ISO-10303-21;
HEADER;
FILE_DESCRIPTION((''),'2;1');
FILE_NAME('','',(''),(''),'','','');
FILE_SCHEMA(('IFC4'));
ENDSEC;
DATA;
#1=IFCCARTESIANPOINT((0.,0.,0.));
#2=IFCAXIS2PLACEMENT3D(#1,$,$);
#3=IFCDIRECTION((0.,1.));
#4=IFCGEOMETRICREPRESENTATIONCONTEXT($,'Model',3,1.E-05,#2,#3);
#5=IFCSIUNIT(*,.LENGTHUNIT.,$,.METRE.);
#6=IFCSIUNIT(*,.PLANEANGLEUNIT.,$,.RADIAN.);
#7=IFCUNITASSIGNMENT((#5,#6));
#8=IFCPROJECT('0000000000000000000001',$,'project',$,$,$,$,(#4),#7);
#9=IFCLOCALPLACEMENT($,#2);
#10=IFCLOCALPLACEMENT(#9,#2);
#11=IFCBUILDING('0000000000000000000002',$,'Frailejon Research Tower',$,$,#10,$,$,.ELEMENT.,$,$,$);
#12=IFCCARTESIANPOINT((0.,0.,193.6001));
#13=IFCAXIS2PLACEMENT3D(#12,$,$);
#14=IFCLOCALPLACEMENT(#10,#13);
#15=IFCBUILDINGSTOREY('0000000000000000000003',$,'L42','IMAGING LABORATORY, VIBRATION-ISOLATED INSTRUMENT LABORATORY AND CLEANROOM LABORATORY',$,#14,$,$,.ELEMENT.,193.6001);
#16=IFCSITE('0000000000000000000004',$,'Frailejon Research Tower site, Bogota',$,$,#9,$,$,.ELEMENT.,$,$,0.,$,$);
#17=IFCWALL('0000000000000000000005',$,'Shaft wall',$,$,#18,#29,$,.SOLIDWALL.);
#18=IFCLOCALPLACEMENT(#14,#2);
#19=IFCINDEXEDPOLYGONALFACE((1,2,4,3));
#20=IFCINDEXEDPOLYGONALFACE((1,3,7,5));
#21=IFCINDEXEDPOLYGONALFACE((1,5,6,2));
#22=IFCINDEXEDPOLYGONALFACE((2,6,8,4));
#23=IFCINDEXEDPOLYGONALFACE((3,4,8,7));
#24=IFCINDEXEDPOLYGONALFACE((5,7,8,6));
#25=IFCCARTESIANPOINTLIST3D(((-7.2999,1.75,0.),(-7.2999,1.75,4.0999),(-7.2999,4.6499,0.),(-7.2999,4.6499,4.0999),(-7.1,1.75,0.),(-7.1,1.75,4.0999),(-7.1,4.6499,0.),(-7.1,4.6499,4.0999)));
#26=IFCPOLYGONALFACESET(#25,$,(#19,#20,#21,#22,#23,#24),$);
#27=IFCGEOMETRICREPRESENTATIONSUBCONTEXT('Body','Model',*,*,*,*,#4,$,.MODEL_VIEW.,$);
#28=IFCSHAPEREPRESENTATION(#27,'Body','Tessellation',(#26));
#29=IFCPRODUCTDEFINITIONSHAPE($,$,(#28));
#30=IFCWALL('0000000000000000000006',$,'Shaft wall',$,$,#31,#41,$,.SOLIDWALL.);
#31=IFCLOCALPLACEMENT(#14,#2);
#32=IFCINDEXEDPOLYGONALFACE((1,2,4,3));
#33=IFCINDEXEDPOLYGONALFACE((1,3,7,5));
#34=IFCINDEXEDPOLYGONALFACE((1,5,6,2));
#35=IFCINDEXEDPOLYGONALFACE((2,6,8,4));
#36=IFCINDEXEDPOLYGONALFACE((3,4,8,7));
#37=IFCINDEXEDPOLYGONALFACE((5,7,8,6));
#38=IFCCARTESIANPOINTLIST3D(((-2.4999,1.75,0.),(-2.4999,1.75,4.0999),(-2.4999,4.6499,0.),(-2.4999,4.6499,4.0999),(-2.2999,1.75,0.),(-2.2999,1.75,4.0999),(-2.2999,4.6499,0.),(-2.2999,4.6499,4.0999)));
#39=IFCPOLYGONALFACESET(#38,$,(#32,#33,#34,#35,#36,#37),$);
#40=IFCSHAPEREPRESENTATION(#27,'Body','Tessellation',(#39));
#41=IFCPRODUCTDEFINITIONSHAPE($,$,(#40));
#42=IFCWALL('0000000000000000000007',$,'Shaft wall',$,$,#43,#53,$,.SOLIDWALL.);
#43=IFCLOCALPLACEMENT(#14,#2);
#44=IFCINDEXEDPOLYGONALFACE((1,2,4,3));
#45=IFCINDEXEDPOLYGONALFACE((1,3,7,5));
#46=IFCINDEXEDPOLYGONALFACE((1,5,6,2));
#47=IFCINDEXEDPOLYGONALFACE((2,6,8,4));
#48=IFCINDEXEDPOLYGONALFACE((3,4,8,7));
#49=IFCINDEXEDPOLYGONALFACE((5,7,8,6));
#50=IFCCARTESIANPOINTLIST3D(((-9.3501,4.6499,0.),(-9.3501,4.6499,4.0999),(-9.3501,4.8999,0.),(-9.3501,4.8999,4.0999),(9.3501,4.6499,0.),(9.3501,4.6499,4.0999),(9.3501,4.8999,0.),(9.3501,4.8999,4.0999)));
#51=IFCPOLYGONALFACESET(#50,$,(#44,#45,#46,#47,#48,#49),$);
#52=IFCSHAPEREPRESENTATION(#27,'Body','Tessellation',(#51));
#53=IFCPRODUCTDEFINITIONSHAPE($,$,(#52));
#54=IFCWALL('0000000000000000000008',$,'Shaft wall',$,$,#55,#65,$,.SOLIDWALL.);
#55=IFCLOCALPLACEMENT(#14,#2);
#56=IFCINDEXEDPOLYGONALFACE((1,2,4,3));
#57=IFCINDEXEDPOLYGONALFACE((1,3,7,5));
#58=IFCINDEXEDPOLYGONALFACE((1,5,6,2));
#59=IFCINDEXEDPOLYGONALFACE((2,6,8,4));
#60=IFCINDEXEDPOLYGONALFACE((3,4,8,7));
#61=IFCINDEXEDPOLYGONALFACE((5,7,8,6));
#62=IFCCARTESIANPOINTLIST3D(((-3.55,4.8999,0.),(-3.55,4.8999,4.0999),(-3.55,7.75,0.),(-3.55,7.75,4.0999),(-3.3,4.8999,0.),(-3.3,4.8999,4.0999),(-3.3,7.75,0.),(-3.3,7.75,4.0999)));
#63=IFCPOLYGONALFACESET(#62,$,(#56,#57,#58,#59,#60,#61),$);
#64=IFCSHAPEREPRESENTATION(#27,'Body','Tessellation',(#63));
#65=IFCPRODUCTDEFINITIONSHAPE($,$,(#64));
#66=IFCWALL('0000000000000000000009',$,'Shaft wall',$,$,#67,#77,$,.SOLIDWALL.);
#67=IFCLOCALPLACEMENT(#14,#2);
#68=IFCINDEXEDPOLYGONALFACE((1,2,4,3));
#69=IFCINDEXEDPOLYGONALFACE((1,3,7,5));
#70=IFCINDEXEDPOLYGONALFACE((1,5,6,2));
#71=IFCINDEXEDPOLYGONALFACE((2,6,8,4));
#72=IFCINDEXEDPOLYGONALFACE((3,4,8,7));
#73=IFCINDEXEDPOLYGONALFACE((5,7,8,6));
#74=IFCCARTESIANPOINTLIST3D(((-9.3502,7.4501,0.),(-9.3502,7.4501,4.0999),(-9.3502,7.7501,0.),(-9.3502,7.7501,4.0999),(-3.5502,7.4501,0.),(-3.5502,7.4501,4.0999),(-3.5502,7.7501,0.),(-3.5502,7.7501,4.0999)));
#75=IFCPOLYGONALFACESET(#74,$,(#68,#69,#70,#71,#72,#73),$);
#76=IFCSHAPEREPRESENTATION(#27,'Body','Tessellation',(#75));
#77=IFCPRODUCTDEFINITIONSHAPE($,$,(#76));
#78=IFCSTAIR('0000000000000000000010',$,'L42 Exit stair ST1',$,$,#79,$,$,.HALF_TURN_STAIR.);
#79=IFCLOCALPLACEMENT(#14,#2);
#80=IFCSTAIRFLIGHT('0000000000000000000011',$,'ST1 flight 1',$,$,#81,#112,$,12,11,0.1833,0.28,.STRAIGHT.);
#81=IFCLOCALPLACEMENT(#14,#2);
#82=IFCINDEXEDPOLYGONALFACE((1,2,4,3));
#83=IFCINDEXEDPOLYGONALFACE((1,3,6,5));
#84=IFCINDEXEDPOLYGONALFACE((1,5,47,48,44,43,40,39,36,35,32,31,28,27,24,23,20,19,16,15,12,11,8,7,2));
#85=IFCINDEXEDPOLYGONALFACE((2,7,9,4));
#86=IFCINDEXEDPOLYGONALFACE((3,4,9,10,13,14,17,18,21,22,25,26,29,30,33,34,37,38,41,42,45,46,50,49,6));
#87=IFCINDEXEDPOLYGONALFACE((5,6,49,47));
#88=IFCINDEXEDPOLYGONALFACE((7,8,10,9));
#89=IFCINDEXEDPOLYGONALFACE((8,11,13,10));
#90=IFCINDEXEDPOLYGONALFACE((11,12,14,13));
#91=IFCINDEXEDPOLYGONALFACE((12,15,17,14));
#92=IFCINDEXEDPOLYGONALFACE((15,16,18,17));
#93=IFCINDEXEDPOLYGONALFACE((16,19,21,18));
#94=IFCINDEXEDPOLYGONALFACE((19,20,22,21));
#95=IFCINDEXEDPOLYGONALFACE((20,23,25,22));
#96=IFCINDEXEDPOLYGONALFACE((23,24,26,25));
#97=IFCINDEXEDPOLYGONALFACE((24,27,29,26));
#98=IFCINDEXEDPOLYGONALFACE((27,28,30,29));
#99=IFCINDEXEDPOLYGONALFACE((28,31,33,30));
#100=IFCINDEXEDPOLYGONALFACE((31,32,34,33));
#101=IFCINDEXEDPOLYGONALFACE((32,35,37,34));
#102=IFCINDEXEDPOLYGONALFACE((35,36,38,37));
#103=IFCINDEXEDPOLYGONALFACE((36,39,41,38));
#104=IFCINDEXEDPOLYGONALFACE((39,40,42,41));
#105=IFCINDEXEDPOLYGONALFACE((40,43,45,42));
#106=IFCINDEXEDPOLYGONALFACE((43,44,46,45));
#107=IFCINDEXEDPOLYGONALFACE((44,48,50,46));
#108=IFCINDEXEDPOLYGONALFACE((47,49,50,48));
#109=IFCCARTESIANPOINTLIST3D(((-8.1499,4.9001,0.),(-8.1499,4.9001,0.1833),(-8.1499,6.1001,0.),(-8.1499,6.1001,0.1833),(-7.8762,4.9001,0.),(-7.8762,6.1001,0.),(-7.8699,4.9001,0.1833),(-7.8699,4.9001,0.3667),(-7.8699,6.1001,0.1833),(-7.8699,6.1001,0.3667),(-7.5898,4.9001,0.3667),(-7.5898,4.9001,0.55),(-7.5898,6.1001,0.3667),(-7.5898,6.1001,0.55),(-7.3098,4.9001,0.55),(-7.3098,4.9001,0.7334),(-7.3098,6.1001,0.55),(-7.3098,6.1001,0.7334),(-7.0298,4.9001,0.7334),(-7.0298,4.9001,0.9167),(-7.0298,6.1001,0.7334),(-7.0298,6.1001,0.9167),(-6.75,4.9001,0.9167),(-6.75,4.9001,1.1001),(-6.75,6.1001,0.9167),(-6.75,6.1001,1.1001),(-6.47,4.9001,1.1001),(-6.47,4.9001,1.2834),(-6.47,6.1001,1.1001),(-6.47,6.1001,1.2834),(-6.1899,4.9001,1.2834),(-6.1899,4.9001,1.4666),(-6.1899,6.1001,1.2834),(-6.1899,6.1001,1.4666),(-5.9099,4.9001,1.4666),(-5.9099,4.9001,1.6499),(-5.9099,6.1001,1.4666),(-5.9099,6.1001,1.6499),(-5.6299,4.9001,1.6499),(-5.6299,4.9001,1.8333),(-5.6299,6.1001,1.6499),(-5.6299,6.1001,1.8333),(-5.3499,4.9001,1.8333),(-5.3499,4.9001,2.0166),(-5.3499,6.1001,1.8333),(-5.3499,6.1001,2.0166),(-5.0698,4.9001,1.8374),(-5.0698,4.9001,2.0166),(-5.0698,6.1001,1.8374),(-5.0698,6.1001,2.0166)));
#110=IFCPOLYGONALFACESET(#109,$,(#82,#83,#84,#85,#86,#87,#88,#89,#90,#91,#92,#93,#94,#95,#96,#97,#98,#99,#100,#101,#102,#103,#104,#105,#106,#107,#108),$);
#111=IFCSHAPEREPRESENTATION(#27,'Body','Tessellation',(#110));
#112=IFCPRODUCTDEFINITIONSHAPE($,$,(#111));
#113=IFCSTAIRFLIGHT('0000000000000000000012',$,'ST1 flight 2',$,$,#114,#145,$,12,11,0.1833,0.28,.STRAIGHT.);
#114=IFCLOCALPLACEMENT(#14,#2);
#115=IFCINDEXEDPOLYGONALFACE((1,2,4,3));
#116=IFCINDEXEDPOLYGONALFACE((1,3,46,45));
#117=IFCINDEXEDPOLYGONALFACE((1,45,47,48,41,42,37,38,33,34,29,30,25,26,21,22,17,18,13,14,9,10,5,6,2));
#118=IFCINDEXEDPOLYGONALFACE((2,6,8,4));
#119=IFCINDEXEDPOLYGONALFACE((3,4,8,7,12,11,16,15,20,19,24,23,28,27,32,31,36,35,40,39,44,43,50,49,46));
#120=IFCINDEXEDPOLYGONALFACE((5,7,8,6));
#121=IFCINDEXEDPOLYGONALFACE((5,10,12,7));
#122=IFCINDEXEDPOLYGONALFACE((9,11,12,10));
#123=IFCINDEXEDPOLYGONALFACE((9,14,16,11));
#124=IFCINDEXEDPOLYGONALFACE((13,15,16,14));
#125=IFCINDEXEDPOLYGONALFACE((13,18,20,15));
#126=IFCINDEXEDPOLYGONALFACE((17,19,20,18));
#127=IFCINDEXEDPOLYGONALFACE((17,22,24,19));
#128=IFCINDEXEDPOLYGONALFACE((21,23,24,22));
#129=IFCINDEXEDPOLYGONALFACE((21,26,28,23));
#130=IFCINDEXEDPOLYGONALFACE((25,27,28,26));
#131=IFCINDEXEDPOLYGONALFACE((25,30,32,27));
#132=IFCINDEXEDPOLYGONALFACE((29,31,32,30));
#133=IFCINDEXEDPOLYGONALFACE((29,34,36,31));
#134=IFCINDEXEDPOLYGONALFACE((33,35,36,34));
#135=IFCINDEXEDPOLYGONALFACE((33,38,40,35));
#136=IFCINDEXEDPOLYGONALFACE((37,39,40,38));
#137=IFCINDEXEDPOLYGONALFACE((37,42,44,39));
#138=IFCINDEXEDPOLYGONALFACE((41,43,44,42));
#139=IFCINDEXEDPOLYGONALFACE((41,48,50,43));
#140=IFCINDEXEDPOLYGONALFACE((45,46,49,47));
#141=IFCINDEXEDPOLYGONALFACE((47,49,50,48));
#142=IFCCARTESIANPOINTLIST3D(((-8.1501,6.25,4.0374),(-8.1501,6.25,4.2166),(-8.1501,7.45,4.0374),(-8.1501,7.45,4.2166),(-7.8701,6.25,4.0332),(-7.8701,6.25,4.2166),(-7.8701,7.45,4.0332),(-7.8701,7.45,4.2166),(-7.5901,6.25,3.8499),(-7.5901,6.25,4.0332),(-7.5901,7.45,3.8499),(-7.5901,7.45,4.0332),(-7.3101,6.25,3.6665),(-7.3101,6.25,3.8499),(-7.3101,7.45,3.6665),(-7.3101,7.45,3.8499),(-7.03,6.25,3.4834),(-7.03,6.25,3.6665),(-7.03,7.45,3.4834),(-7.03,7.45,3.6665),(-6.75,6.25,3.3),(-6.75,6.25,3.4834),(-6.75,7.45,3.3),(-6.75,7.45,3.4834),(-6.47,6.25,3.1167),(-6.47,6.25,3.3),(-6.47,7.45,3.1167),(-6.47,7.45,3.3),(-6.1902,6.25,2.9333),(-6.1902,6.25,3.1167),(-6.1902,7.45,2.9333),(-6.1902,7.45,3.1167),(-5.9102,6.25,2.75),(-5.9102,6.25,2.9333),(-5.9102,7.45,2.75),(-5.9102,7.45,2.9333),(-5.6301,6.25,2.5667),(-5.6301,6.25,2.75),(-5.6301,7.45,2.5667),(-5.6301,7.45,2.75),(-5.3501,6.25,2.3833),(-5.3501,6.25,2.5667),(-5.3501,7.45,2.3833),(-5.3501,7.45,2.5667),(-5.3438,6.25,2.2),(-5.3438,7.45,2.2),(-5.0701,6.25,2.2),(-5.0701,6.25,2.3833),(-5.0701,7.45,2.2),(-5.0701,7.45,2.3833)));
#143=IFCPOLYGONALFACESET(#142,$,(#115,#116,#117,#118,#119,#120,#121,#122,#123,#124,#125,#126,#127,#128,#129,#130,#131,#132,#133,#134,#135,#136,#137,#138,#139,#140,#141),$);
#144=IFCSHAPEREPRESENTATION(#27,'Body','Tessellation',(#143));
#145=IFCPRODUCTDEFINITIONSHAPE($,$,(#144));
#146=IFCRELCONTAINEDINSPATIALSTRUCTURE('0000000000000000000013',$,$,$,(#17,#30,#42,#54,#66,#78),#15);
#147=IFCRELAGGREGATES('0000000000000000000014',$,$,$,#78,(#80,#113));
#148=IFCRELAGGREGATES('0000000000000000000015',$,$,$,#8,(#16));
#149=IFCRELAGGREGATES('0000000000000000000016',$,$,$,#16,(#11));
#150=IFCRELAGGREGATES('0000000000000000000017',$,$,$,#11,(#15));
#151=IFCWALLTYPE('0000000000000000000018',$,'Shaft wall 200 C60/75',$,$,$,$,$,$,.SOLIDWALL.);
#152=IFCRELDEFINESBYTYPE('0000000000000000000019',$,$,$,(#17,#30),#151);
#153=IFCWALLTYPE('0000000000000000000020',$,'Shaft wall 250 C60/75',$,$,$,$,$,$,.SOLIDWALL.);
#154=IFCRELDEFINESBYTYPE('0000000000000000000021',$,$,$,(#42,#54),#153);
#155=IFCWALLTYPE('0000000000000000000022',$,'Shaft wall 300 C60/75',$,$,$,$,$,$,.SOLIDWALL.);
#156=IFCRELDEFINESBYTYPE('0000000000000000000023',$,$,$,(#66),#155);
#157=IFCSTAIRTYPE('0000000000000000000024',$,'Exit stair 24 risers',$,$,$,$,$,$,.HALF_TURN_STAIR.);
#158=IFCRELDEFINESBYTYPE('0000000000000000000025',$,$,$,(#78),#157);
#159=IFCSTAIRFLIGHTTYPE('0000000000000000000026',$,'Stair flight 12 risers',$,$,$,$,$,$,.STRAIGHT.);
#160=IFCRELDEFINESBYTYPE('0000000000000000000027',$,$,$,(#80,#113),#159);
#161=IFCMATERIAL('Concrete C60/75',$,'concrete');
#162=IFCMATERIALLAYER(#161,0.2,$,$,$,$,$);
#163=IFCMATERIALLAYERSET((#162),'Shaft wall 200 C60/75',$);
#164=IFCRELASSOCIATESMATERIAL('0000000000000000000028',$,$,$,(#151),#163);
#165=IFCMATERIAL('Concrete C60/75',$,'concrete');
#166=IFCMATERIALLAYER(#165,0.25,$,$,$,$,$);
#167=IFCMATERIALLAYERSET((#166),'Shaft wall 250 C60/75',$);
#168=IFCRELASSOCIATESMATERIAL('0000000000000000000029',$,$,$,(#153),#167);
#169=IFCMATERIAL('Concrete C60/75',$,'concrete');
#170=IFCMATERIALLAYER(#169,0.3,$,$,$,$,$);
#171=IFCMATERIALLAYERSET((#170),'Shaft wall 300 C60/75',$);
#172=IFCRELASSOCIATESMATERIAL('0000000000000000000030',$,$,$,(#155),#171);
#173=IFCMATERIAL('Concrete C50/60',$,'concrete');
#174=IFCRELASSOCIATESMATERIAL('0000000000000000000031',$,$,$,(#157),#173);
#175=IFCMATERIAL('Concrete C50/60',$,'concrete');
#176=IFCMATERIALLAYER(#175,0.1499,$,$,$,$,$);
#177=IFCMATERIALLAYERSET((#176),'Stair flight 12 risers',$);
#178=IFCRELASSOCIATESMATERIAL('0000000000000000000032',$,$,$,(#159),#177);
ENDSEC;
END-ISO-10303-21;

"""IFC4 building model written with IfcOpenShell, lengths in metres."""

from ifc_helpers import new_model, si_unit, direction, frame, frame_2d, origin, place, context, subcontext, project, spatial, polyline, rectangle, outline, extrude, material, layer, layer_set, type_object, element, aggregate, save


model = new_model("IFC4")

# Units and contexts
model_context = context("Model", 3, precision=1e-05, world=origin(), true_north=direction((0.0, 1.0)))
body_context = subcontext(model_context, "Body", "Model", "MODEL_VIEW")
ifc_project = project(units=[si_unit("LENGTHUNIT", "METRE"), si_unit("PLANEANGLEUNIT", "RADIAN")], contexts=[model_context])

# Site, building, storey
site_placement = place(None, origin())
site = spatial("IfcSite", under=ifc_project, at=site_placement, Name="Frailejon Research Tower site, Bogota", CompositionType="ELEMENT", RefElevation=0.0)
building_placement = place(site_placement, origin())
building = spatial("IfcBuilding", under=site, at=building_placement, Name="Frailejon Research Tower", CompositionType="ELEMENT")
storey_placement = place(building_placement, frame((0.0, 0.0, 193.6001)))
storey = spatial("IfcBuildingStorey", under=building, at=storey_placement, Name="L42", Description="IMAGING LABORATORY, VIBRATION-ISOLATED INSTRUMENT LABORATORY AND CLEANROOM LABORATORY", CompositionType="ELEMENT", Elevation=193.6001)

# Walls
ifc_material_1 = material(Name="Concrete C60/75", Category="concrete")
ifc_layer_1 = layer(ifc_material_1, 0.2)
ifc_layer_set_1 = layer_set([ifc_layer_1], Name="Shaft wall 200 C60/75")
wall_type_1 = type_object("IfcWallType", Name="Shaft wall 200 C60/75", PredefinedType="SOLIDWALL", material=ifc_layer_set_1)
for number, where, z_axis, x_axis, name in (
    (1, (-7.2, 1.75, 0.0), (0.0, 0.0, 1.0), (0.0, 1.0, 0.0), "Shaft wall"),
    (2, (-2.3999, 1.75, 0.0), (0.0, 0.0, 1.0), (0.0, 1.0, 0.0), "Shaft wall"),
):
    element("IfcWall", number, at=place(storey_placement, frame(where, z_axis=z_axis, x_axis=x_axis)), inside=storey, type_object=wall_type_1, Name=name, PredefinedType="SOLIDWALL", context=body_context, shape_type="SweptSolid", body=[
        extrude(rectangle(XDim=2.8999, YDim=0.2, at=frame_2d((1.45, 0.0))), origin(), (0.0, 0.0, 1.0), 4.0999),
    ])
ifc_material_2 = material(Name="Concrete C60/75", Category="concrete")
ifc_layer_2 = layer(ifc_material_2, 0.25)
ifc_layer_set_2 = layer_set([ifc_layer_2], Name="Shaft wall 250 C60/75")
wall_type_2 = type_object("IfcWallType", Name="Shaft wall 250 C60/75", PredefinedType="SOLIDWALL", material=ifc_layer_set_2)
wall_1_placement = place(storey_placement, frame((-9.3501, 4.7749, 0.0), z_axis=(0.0, 0.0, 1.0), x_axis=(1.0, 0.0, 0.0)))
element("IfcWall", 3, at=wall_1_placement, inside=storey, type_object=wall_type_2, Name="Shaft wall", PredefinedType="SOLIDWALL", context=body_context, shape_type="SweptSolid", body=[
    extrude(rectangle(XDim=18.7002, YDim=0.25, at=frame_2d((9.3501, 0.0))), origin(), (0.0, 0.0, 1.0), 4.0999),
])
wall_2_placement = place(storey_placement, frame((-3.425, 4.8999, 0.0), z_axis=(0.0, 0.0, 1.0), x_axis=(0.0, 1.0, 0.0)))
element("IfcWall", 4, at=wall_2_placement, inside=storey, type_object=wall_type_2, Name="Shaft wall", PredefinedType="SOLIDWALL", context=body_context, shape_type="SweptSolid", body=[
    extrude(rectangle(XDim=2.8501, YDim=0.25, at=frame_2d((1.425, 0.0))), origin(), (0.0, 0.0, 1.0), 4.0999),
])
ifc_material_3 = material(Name="Concrete C60/75", Category="concrete")
ifc_layer_3 = layer(ifc_material_3, 0.3)
ifc_layer_set_3 = layer_set([ifc_layer_3], Name="Shaft wall 300 C60/75")
wall_type_3 = type_object("IfcWallType", Name="Shaft wall 300 C60/75", PredefinedType="SOLIDWALL", material=ifc_layer_set_3)
wall_3_placement = place(storey_placement, frame((-9.3501, 7.6001, 0.0), z_axis=(0.0, 0.0, 1.0), x_axis=(1.0, 0.0, 0.0)))
element("IfcWall", 5, at=wall_3_placement, inside=storey, type_object=wall_type_3, Name="Shaft wall", PredefinedType="SOLIDWALL", context=body_context, shape_type="SweptSolid", body=[
    extrude(rectangle(XDim=5.8, YDim=0.3, at=frame_2d((2.8999, 0.0))), origin(), (0.0, 0.0, 1.0), 4.0999),
])

# Stair, stair flights
ifc_material_4 = material(Name="Concrete C50/60", Category="concrete")
stair_type = type_object("IfcStairType", Name="Exit stair 24 risers", PredefinedType="HALF_TURN_STAIR", material=ifc_material_4)
stair_placement = place(storey_placement, origin())
stair = element("IfcStair", 6, at=stair_placement, inside=storey, type_object=stair_type, Name="L42 Exit stair ST1", PredefinedType="HALF_TURN_STAIR")
ifc_material_5 = material(Name="Concrete C50/60", Category="concrete")
ifc_layer_4 = layer(ifc_material_5, 0.1499)
ifc_layer_set_4 = layer_set([ifc_layer_4], Name="Stair flight 12 risers")
stair_flight_type = type_object("IfcStairFlightType", Name="Stair flight 12 risers", PredefinedType="STRAIGHT", material=ifc_layer_set_4)
stair_flight_1_placement = place(storey_placement, frame((-8.1499, 5.5, 0.0), z_axis=(0.0, 0.0, 1.0), x_axis=(1.0, 0.0, 0.0)))
stair_flight_1 = element("IfcStairFlight", 7, at=stair_flight_1_placement, type_object=stair_flight_type, Name="ST1 flight 1", NumberOfRisers=12, NumberOfTreads=11, PredefinedType="STRAIGHT", RiserHeight=0.1833, TreadLength=0.28, context=body_context, shape_type="SweptSolid", body=[
    extrude(outline(polyline([(0.0, 0.0), (0.0, 0.1833), (0.28, 0.1833), (0.28, 0.3667), (0.5601, 0.3667), (0.5601, 0.55), (0.8401, 0.55), (0.8401, 0.7334), (1.1201, 0.7334), (1.1201, 0.9167), (1.3999, 0.9167), (1.3999, 1.1001), (1.6799, 1.1001), (1.6799, 1.2834), (1.96, 1.2834), (1.96, 1.4666), (2.24, 1.4666), (2.24, 1.6499), (2.52, 1.6499), (2.52, 1.8333), (2.8, 1.8333), (2.8, 2.0166), (3.0801, 2.0166), (3.0801, 2.2), (3.0801, 1.8374), (0.2737, 0.0), (0.0, 0.0)])), frame((0.0, 0.6001, 0.0), z_axis=(0.0, -1.0, 0.0), x_axis=(1.0, 0.0, 0.0)), (0.0, 0.0, 1.0), 1.2),
])
stair_flight_2_placement = place(storey_placement, frame((-5.0701, 6.8501, 2.2), z_axis=(0.0, 0.0, 1.0), x_axis=(-1.0, 0.0, 0.0)))
stair_flight_2 = element("IfcStairFlight", 8, at=stair_flight_2_placement, type_object=stair_flight_type, Name="ST1 flight 2", NumberOfRisers=12, NumberOfTreads=11, PredefinedType="STRAIGHT", RiserHeight=0.1833, TreadLength=0.28, context=body_context, shape_type="SweptSolid", body=[
    extrude(outline(polyline([(0.0, 0.0), (0.0, 0.1833), (0.28, 0.1833), (0.28, 0.3667), (0.5601, 0.3667), (0.5601, 0.55), (0.8401, 0.55), (0.8401, 0.7334), (1.1201, 0.7334), (1.1201, 0.9167), (1.3999, 0.9167), (1.3999, 1.1001), (1.6799, 1.1001), (1.6799, 1.2834), (1.96, 1.2834), (1.96, 1.4666), (2.24, 1.4666), (2.24, 1.6499), (2.52, 1.6499), (2.52, 1.8333), (2.8, 1.8333), (2.8, 2.0166), (3.0801, 2.0166), (3.0801, 2.2), (3.0801, 1.8374), (0.2737, 0.0), (0.0, 0.0)])), frame((0.0, 0.6001, 0.0), z_axis=(0.0, -1.0, 0.0), x_axis=(1.0, 0.0, 0.0)), (0.0, 0.0, 1.0), 1.2),
])
aggregate(stair, [stair_flight_1, stair_flight_2])

save(model, "model.ifc")
